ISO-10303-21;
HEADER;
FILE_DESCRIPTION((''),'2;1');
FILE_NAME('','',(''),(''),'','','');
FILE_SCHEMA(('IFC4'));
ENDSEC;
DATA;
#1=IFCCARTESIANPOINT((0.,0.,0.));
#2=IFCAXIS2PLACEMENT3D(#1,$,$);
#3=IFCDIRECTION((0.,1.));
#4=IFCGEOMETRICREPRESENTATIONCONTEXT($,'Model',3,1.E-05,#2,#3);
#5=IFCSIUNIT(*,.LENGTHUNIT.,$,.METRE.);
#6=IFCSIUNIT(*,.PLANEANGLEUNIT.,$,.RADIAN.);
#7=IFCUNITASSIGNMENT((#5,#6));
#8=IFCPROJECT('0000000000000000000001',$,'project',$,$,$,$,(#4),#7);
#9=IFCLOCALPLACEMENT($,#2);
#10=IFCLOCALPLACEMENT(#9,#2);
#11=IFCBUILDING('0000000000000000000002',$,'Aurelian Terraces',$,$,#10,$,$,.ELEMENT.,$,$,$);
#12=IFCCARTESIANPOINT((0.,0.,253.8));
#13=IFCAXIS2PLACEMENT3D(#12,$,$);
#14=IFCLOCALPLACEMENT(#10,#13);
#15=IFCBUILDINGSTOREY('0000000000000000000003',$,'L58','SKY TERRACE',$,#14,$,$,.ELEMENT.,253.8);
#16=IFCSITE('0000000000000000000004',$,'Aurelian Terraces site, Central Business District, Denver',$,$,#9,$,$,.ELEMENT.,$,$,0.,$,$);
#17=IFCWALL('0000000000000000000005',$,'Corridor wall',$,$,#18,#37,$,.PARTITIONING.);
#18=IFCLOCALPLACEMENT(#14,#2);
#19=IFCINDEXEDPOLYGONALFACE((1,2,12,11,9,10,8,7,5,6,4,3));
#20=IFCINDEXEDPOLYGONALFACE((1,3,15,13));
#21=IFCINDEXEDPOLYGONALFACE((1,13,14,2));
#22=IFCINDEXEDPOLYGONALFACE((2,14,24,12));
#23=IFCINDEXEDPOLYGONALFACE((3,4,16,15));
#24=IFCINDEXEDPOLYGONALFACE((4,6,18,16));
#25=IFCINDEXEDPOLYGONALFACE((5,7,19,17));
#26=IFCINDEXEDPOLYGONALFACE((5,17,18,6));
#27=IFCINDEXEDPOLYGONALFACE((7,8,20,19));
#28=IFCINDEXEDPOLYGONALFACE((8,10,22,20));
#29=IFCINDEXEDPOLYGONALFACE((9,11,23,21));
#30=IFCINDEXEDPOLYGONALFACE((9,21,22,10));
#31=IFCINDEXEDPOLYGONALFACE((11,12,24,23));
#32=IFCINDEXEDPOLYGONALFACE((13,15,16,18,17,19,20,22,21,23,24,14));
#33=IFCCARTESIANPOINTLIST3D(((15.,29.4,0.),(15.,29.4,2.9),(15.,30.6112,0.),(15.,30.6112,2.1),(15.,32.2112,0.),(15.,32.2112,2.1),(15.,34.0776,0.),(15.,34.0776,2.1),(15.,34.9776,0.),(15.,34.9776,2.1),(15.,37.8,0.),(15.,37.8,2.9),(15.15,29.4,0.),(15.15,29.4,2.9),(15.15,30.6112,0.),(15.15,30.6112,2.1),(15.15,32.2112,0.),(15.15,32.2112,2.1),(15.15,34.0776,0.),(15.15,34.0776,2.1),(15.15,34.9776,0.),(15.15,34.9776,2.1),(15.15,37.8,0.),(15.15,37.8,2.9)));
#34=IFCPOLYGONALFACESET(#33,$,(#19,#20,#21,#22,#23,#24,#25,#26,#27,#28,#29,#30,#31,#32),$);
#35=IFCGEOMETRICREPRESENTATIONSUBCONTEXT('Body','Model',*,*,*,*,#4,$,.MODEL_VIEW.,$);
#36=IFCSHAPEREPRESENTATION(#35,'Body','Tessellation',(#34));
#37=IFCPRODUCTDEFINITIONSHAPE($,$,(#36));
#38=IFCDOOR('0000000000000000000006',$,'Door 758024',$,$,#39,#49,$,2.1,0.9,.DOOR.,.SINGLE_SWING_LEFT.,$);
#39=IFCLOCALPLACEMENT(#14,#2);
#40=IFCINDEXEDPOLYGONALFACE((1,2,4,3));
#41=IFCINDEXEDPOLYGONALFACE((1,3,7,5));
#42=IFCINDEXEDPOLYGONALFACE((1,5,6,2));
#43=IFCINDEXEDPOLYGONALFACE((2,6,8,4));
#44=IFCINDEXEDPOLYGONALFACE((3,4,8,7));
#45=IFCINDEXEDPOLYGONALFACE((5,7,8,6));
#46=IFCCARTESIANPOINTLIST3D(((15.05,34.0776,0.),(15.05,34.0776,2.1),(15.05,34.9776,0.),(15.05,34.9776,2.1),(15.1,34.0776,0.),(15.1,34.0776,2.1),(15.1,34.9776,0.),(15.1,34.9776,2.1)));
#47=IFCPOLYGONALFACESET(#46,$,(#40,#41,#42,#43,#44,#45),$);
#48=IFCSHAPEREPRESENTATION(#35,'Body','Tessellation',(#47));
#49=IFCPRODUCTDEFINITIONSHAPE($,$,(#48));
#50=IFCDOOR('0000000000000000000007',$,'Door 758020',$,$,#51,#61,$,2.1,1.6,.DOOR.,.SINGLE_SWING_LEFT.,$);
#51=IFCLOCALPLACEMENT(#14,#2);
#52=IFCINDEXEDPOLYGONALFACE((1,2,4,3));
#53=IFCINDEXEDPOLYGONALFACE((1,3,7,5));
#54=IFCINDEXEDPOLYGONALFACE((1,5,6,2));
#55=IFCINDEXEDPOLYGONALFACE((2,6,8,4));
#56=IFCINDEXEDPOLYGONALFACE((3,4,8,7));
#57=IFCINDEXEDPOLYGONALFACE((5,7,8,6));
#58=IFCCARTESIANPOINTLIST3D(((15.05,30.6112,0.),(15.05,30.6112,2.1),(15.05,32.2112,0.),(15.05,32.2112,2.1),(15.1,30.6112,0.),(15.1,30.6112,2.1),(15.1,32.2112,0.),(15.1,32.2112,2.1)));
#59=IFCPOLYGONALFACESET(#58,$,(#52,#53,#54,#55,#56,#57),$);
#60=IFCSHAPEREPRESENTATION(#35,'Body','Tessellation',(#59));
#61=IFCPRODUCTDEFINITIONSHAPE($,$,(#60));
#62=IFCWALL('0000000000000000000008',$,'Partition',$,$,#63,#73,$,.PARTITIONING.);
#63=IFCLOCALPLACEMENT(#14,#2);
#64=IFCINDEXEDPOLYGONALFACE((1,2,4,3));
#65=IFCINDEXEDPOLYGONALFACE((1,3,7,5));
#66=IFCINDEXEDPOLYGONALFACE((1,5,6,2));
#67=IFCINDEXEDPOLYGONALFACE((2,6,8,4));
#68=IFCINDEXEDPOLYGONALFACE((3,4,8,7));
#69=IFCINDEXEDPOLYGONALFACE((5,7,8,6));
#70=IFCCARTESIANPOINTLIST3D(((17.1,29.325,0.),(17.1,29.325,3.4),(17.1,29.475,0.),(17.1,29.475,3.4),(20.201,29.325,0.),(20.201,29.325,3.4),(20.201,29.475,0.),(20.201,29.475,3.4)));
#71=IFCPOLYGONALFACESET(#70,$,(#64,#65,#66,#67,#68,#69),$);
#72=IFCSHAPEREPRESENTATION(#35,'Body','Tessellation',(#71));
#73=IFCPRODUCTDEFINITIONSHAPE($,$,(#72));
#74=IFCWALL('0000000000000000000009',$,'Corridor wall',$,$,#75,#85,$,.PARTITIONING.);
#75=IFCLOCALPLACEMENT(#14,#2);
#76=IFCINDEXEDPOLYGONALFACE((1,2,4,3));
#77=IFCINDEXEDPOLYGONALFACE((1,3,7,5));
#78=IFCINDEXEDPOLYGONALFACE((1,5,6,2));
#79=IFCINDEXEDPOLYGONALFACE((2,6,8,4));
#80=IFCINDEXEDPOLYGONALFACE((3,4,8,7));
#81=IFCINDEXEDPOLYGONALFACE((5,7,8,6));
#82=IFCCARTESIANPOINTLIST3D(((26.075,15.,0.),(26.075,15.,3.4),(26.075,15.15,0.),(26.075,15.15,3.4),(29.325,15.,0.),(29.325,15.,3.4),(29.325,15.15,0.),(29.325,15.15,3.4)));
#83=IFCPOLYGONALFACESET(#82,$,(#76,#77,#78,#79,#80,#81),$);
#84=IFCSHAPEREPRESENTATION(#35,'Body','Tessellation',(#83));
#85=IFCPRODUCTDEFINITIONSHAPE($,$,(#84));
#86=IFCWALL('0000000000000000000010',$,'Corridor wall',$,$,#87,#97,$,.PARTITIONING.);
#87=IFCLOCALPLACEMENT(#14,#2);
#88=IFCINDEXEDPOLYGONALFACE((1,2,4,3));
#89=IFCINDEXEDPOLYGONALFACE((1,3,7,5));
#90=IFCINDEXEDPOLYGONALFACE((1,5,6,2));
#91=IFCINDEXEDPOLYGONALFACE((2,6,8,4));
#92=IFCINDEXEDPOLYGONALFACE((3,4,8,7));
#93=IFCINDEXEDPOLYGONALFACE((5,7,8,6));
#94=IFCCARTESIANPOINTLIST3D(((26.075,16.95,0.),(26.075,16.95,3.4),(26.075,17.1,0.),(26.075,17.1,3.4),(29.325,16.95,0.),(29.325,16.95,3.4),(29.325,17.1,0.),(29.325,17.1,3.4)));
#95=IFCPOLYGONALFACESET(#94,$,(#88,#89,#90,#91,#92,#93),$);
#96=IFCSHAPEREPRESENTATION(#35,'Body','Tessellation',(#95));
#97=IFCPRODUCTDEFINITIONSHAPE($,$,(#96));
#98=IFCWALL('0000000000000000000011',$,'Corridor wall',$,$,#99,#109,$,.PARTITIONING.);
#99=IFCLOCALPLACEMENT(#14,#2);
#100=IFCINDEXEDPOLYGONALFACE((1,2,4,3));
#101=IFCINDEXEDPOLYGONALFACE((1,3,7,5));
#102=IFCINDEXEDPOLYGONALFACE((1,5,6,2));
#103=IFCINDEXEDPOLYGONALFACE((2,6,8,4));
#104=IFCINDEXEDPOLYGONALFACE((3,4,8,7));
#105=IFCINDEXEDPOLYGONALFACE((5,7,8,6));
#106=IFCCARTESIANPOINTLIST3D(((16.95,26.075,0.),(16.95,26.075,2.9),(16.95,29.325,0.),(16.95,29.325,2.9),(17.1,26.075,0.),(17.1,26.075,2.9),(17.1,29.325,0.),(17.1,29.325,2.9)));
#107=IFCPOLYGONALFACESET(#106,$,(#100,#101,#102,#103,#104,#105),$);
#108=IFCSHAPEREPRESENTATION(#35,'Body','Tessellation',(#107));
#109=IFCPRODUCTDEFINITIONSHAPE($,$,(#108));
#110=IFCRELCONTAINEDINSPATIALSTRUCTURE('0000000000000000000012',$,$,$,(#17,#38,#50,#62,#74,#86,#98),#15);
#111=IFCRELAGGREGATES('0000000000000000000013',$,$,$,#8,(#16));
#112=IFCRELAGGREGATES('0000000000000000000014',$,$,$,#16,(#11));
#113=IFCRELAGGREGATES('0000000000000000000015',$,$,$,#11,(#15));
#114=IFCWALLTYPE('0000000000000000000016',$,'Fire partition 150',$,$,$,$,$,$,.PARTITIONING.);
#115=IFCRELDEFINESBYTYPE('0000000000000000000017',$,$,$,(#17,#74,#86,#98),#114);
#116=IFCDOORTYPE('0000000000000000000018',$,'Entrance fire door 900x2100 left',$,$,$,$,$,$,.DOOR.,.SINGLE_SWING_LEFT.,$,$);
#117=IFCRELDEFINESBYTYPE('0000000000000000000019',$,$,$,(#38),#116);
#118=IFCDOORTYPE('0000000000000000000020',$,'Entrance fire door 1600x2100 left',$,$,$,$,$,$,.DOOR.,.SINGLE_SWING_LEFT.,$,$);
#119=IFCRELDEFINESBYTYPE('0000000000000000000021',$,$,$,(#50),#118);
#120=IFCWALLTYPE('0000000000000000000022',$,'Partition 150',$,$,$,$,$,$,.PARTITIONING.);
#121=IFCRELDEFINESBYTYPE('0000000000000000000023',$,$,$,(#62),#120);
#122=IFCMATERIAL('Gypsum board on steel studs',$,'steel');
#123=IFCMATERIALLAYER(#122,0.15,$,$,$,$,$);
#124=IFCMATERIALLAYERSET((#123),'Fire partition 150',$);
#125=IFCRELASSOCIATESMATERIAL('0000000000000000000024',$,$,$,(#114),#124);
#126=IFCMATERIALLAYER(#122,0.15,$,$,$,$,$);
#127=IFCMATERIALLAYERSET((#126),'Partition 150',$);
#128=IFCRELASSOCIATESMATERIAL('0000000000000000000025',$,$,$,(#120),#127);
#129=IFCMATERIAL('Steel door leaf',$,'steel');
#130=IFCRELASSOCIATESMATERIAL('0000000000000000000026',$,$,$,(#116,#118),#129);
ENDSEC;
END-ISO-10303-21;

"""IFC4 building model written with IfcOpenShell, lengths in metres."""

from ifc_helpers import new_model, si_unit, direction, frame, frame_2d, origin, place, context, subcontext, project, spatial, rectangle, extrude, source, transform, mapped, material, layer, layer_set, type_object, element, fill, save


model = new_model("IFC4")

# Units and contexts
model_context = context("Model", 3, precision=1e-05, world=origin(), true_north=direction((0.0, 1.0)))
body_context = subcontext(model_context, "Body", "Model", "MODEL_VIEW")
ifc_project = project(units=[si_unit("LENGTHUNIT", "METRE"), si_unit("PLANEANGLEUNIT", "RADIAN")], contexts=[model_context])

# Site, building, storey
site_placement = place(None, origin())
site = spatial("IfcSite", under=ifc_project, at=site_placement, Name="Aurelian Terraces site, Central Business District, Denver", CompositionType="ELEMENT", RefElevation=0.0)
building_placement = place(site_placement, origin())
building = spatial("IfcBuilding", under=site, at=building_placement, Name="Aurelian Terraces", CompositionType="ELEMENT")
storey_placement = place(building_placement, frame((0.0, 0.0, 253.8)))
storey = spatial("IfcBuildingStorey", under=building, at=storey_placement, Name="L58", Description="SKY TERRACE", CompositionType="ELEMENT", Elevation=253.8)

# Shared definitions
ifc_material_1 = material(Name="Gypsum board on steel studs", Category="steel")
ifc_layer_1 = layer(ifc_material_1, 0.15)
ifc_layer_set_1 = layer_set([ifc_layer_1], Name="Fire partition 150")
wall_type_1 = type_object("IfcWallType", Name="Fire partition 150", PredefinedType="PARTITIONING", material=ifc_layer_set_1)

# Shared definitions
ifc_layer_2 = layer(ifc_material_1, 0.15)
ifc_layer_set_2 = layer_set([ifc_layer_2], Name="Partition 150")
wall_type_2 = type_object("IfcWallType", Name="Partition 150", PredefinedType="PARTITIONING", material=ifc_layer_set_2)
shared_shape_1 = source(origin(), body_context, "Body", "SweptSolid", [
    extrude(rectangle(XDim=0.9, YDim=2.1, at=frame_2d((0.45, 1.05))), frame((0.0, 0.085, 0.0), z_axis=(0.0, -1.0, 0.0), x_axis=(1.0, 0.0, 0.0)), (0.0, 0.0, 1.0), 0.17),
])
shared_shape_2 = source(origin(), body_context, "Body", "SweptSolid", [
    extrude(rectangle(XDim=0.9, YDim=2.1, at=frame_2d((0.45, 1.05))), frame((0.0, 0.025, 0.0), z_axis=(0.0, -1.0, 0.0), x_axis=(1.0, 0.0, 0.0)), (0.0, 0.0, 1.0), 0.05),
])

# Wall, openings, doors
shared_shape_3 = source(origin(), body_context, "Body", "SweptSolid", [
    extrude(rectangle(XDim=8.4, YDim=0.15, at=frame_2d((4.2, 0.0))), origin(), (0.0, 0.0, 1.0), 2.9),
])
wall_1_placement = place(storey_placement, frame((15.075, 29.4, 0.0), z_axis=(0.0, 0.0, 1.0), x_axis=(0.0, 1.0, 0.0)))
wall_1 = element("IfcWall", 1, at=wall_1_placement, inside=storey, type_object=wall_type_1, Name="Corridor wall", PredefinedType="PARTITIONING", context=body_context, shape_type="MappedRepresentation", body=[
    mapped(shared_shape_3, transform((0.0, 0.0, 0.0), scale=1.0)),
])
shared_shape_4 = source(origin(), body_context, "Body", "SweptSolid", [
    extrude(rectangle(XDim=1.6, YDim=2.1, at=frame_2d((0.8, 1.05))), frame((0.0, 0.085, 0.0), z_axis=(0.0, -1.0, 0.0), x_axis=(1.0, 0.0, 0.0)), (0.0, 0.0, 1.0), 0.17),
])
opening_1_placement = place(wall_1_placement, frame((1.2112, 0.0, 0.0)))
opening_1 = element("IfcOpeningElement", 2, at=opening_1_placement, cuts=wall_1, PredefinedType="OPENING", context=body_context, shape_type="MappedRepresentation", body=[
    mapped(shared_shape_4, transform((0.0, 0.0, 0.0), scale=1.0)),
])
opening_2_placement = place(wall_1_placement, frame((4.6776, 0.0, 0.0)))
opening_2 = element("IfcOpeningElement", 3, at=opening_2_placement, cuts=wall_1, PredefinedType="OPENING", context=body_context, shape_type="MappedRepresentation", body=[
    mapped(shared_shape_1, transform((0.0, 0.0, 0.0), scale=1.0)),
])
ifc_material_2 = material(Name="Steel door leaf", Category="steel")
door_type_1 = type_object("IfcDoorType", Name="Entrance fire door 900x2100 left", OperationType="SINGLE_SWING_LEFT", PredefinedType="DOOR", material=ifc_material_2)
door_1_placement = place(opening_2_placement, origin())
door_1 = element("IfcDoor", 4, at=door_1_placement, inside=storey, type_object=door_type_1, Name="Door 758024", OperationType="SINGLE_SWING_LEFT", OverallHeight=2.1, OverallWidth=0.9, PredefinedType="DOOR", context=body_context, shape_type="MappedRepresentation", body=[
    mapped(shared_shape_2, transform((0.0, 0.0, 0.0), scale=1.0)),
])
fill(opening_2, door_1)
door_type_2 = type_object("IfcDoorType", Name="Entrance fire door 1600x2100 left", OperationType="SINGLE_SWING_LEFT", PredefinedType="DOOR", material=ifc_material_2)
shared_shape_5 = source(origin(), body_context, "Body", "SweptSolid", [
    extrude(rectangle(XDim=1.6, YDim=2.1, at=frame_2d((0.8, 1.05))), frame((0.0, 0.025, 0.0), z_axis=(0.0, -1.0, 0.0), x_axis=(1.0, 0.0, 0.0)), (0.0, 0.0, 1.0), 0.05),
])
door_2_placement = place(opening_1_placement, origin())
door_2 = element("IfcDoor", 5, at=door_2_placement, inside=storey, type_object=door_type_2, Name="Door 758020", OperationType="SINGLE_SWING_LEFT", OverallHeight=2.1, OverallWidth=1.6, PredefinedType="DOOR", context=body_context, shape_type="MappedRepresentation", body=[
    mapped(shared_shape_5, transform((0.0, 0.0, 0.0), scale=1.0)),
])
fill(opening_1, door_2)

# Walls
shared_shape_6 = source(origin(), body_context, "Body", "SweptSolid", [
    extrude(rectangle(XDim=3.101, YDim=0.15, at=frame_2d((1.5505, 0.0))), origin(), (0.0, 0.0, 1.0), 3.4),
])
wall_2_placement = place(storey_placement, frame((20.201, 29.4, 0.0), z_axis=(0.0, 0.0, 1.0), x_axis=(-1.0, 0.0, 0.0)))
element("IfcWall", 6, at=wall_2_placement, inside=storey, type_object=wall_type_2, Name="Partition", PredefinedType="PARTITIONING", context=body_context, shape_type="MappedRepresentation", body=[
    mapped(shared_shape_6, transform((0.0, 0.0, 0.0), scale=1.0)),
])
shared_shape_7 = source(origin(), body_context, "Body", "SweptSolid", [
    extrude(rectangle(XDim=3.25, YDim=0.15, at=frame_2d((1.625, 0.0))), origin(), (0.0, 0.0, 1.0), 3.4),
])
for number, where, z_axis, x_axis, name in (
    (7, (29.325, 15.075, 0.0), (0.0, 0.0, 1.0), (-1.0, 0.0, 0.0), "Corridor wall"),
    (8, (26.075, 17.025, 0.0), (0.0, 0.0, 1.0), (1.0, 0.0, 0.0), "Corridor wall"),
):
    element("IfcWall", number, at=place(storey_placement, frame(where, z_axis=z_axis, x_axis=x_axis)), inside=storey, type_object=wall_type_1, Name=name, PredefinedType="PARTITIONING", context=body_context, shape_type="MappedRepresentation", body=[
        mapped(shared_shape_7, transform((0.0, 0.0, 0.0), scale=1.0)),
    ])
shared_shape_8 = source(origin(), body_context, "Body", "SweptSolid", [
    extrude(rectangle(XDim=3.25, YDim=0.15, at=frame_2d((1.625, 0.0))), origin(), (0.0, 0.0, 1.0), 2.9),
])
wall_3_placement = place(storey_placement, frame((17.025, 29.325, 0.0), z_axis=(0.0, 0.0, 1.0), x_axis=(0.0, -1.0, 0.0)))
element("IfcWall", 9, at=wall_3_placement, inside=storey, type_object=wall_type_1, Name="Corridor wall", PredefinedType="PARTITIONING", context=body_context, shape_type="MappedRepresentation", body=[
    mapped(shared_shape_8, transform((0.0, 0.0, 0.0), scale=1.0)),
])

save(model, "model.ifc")
